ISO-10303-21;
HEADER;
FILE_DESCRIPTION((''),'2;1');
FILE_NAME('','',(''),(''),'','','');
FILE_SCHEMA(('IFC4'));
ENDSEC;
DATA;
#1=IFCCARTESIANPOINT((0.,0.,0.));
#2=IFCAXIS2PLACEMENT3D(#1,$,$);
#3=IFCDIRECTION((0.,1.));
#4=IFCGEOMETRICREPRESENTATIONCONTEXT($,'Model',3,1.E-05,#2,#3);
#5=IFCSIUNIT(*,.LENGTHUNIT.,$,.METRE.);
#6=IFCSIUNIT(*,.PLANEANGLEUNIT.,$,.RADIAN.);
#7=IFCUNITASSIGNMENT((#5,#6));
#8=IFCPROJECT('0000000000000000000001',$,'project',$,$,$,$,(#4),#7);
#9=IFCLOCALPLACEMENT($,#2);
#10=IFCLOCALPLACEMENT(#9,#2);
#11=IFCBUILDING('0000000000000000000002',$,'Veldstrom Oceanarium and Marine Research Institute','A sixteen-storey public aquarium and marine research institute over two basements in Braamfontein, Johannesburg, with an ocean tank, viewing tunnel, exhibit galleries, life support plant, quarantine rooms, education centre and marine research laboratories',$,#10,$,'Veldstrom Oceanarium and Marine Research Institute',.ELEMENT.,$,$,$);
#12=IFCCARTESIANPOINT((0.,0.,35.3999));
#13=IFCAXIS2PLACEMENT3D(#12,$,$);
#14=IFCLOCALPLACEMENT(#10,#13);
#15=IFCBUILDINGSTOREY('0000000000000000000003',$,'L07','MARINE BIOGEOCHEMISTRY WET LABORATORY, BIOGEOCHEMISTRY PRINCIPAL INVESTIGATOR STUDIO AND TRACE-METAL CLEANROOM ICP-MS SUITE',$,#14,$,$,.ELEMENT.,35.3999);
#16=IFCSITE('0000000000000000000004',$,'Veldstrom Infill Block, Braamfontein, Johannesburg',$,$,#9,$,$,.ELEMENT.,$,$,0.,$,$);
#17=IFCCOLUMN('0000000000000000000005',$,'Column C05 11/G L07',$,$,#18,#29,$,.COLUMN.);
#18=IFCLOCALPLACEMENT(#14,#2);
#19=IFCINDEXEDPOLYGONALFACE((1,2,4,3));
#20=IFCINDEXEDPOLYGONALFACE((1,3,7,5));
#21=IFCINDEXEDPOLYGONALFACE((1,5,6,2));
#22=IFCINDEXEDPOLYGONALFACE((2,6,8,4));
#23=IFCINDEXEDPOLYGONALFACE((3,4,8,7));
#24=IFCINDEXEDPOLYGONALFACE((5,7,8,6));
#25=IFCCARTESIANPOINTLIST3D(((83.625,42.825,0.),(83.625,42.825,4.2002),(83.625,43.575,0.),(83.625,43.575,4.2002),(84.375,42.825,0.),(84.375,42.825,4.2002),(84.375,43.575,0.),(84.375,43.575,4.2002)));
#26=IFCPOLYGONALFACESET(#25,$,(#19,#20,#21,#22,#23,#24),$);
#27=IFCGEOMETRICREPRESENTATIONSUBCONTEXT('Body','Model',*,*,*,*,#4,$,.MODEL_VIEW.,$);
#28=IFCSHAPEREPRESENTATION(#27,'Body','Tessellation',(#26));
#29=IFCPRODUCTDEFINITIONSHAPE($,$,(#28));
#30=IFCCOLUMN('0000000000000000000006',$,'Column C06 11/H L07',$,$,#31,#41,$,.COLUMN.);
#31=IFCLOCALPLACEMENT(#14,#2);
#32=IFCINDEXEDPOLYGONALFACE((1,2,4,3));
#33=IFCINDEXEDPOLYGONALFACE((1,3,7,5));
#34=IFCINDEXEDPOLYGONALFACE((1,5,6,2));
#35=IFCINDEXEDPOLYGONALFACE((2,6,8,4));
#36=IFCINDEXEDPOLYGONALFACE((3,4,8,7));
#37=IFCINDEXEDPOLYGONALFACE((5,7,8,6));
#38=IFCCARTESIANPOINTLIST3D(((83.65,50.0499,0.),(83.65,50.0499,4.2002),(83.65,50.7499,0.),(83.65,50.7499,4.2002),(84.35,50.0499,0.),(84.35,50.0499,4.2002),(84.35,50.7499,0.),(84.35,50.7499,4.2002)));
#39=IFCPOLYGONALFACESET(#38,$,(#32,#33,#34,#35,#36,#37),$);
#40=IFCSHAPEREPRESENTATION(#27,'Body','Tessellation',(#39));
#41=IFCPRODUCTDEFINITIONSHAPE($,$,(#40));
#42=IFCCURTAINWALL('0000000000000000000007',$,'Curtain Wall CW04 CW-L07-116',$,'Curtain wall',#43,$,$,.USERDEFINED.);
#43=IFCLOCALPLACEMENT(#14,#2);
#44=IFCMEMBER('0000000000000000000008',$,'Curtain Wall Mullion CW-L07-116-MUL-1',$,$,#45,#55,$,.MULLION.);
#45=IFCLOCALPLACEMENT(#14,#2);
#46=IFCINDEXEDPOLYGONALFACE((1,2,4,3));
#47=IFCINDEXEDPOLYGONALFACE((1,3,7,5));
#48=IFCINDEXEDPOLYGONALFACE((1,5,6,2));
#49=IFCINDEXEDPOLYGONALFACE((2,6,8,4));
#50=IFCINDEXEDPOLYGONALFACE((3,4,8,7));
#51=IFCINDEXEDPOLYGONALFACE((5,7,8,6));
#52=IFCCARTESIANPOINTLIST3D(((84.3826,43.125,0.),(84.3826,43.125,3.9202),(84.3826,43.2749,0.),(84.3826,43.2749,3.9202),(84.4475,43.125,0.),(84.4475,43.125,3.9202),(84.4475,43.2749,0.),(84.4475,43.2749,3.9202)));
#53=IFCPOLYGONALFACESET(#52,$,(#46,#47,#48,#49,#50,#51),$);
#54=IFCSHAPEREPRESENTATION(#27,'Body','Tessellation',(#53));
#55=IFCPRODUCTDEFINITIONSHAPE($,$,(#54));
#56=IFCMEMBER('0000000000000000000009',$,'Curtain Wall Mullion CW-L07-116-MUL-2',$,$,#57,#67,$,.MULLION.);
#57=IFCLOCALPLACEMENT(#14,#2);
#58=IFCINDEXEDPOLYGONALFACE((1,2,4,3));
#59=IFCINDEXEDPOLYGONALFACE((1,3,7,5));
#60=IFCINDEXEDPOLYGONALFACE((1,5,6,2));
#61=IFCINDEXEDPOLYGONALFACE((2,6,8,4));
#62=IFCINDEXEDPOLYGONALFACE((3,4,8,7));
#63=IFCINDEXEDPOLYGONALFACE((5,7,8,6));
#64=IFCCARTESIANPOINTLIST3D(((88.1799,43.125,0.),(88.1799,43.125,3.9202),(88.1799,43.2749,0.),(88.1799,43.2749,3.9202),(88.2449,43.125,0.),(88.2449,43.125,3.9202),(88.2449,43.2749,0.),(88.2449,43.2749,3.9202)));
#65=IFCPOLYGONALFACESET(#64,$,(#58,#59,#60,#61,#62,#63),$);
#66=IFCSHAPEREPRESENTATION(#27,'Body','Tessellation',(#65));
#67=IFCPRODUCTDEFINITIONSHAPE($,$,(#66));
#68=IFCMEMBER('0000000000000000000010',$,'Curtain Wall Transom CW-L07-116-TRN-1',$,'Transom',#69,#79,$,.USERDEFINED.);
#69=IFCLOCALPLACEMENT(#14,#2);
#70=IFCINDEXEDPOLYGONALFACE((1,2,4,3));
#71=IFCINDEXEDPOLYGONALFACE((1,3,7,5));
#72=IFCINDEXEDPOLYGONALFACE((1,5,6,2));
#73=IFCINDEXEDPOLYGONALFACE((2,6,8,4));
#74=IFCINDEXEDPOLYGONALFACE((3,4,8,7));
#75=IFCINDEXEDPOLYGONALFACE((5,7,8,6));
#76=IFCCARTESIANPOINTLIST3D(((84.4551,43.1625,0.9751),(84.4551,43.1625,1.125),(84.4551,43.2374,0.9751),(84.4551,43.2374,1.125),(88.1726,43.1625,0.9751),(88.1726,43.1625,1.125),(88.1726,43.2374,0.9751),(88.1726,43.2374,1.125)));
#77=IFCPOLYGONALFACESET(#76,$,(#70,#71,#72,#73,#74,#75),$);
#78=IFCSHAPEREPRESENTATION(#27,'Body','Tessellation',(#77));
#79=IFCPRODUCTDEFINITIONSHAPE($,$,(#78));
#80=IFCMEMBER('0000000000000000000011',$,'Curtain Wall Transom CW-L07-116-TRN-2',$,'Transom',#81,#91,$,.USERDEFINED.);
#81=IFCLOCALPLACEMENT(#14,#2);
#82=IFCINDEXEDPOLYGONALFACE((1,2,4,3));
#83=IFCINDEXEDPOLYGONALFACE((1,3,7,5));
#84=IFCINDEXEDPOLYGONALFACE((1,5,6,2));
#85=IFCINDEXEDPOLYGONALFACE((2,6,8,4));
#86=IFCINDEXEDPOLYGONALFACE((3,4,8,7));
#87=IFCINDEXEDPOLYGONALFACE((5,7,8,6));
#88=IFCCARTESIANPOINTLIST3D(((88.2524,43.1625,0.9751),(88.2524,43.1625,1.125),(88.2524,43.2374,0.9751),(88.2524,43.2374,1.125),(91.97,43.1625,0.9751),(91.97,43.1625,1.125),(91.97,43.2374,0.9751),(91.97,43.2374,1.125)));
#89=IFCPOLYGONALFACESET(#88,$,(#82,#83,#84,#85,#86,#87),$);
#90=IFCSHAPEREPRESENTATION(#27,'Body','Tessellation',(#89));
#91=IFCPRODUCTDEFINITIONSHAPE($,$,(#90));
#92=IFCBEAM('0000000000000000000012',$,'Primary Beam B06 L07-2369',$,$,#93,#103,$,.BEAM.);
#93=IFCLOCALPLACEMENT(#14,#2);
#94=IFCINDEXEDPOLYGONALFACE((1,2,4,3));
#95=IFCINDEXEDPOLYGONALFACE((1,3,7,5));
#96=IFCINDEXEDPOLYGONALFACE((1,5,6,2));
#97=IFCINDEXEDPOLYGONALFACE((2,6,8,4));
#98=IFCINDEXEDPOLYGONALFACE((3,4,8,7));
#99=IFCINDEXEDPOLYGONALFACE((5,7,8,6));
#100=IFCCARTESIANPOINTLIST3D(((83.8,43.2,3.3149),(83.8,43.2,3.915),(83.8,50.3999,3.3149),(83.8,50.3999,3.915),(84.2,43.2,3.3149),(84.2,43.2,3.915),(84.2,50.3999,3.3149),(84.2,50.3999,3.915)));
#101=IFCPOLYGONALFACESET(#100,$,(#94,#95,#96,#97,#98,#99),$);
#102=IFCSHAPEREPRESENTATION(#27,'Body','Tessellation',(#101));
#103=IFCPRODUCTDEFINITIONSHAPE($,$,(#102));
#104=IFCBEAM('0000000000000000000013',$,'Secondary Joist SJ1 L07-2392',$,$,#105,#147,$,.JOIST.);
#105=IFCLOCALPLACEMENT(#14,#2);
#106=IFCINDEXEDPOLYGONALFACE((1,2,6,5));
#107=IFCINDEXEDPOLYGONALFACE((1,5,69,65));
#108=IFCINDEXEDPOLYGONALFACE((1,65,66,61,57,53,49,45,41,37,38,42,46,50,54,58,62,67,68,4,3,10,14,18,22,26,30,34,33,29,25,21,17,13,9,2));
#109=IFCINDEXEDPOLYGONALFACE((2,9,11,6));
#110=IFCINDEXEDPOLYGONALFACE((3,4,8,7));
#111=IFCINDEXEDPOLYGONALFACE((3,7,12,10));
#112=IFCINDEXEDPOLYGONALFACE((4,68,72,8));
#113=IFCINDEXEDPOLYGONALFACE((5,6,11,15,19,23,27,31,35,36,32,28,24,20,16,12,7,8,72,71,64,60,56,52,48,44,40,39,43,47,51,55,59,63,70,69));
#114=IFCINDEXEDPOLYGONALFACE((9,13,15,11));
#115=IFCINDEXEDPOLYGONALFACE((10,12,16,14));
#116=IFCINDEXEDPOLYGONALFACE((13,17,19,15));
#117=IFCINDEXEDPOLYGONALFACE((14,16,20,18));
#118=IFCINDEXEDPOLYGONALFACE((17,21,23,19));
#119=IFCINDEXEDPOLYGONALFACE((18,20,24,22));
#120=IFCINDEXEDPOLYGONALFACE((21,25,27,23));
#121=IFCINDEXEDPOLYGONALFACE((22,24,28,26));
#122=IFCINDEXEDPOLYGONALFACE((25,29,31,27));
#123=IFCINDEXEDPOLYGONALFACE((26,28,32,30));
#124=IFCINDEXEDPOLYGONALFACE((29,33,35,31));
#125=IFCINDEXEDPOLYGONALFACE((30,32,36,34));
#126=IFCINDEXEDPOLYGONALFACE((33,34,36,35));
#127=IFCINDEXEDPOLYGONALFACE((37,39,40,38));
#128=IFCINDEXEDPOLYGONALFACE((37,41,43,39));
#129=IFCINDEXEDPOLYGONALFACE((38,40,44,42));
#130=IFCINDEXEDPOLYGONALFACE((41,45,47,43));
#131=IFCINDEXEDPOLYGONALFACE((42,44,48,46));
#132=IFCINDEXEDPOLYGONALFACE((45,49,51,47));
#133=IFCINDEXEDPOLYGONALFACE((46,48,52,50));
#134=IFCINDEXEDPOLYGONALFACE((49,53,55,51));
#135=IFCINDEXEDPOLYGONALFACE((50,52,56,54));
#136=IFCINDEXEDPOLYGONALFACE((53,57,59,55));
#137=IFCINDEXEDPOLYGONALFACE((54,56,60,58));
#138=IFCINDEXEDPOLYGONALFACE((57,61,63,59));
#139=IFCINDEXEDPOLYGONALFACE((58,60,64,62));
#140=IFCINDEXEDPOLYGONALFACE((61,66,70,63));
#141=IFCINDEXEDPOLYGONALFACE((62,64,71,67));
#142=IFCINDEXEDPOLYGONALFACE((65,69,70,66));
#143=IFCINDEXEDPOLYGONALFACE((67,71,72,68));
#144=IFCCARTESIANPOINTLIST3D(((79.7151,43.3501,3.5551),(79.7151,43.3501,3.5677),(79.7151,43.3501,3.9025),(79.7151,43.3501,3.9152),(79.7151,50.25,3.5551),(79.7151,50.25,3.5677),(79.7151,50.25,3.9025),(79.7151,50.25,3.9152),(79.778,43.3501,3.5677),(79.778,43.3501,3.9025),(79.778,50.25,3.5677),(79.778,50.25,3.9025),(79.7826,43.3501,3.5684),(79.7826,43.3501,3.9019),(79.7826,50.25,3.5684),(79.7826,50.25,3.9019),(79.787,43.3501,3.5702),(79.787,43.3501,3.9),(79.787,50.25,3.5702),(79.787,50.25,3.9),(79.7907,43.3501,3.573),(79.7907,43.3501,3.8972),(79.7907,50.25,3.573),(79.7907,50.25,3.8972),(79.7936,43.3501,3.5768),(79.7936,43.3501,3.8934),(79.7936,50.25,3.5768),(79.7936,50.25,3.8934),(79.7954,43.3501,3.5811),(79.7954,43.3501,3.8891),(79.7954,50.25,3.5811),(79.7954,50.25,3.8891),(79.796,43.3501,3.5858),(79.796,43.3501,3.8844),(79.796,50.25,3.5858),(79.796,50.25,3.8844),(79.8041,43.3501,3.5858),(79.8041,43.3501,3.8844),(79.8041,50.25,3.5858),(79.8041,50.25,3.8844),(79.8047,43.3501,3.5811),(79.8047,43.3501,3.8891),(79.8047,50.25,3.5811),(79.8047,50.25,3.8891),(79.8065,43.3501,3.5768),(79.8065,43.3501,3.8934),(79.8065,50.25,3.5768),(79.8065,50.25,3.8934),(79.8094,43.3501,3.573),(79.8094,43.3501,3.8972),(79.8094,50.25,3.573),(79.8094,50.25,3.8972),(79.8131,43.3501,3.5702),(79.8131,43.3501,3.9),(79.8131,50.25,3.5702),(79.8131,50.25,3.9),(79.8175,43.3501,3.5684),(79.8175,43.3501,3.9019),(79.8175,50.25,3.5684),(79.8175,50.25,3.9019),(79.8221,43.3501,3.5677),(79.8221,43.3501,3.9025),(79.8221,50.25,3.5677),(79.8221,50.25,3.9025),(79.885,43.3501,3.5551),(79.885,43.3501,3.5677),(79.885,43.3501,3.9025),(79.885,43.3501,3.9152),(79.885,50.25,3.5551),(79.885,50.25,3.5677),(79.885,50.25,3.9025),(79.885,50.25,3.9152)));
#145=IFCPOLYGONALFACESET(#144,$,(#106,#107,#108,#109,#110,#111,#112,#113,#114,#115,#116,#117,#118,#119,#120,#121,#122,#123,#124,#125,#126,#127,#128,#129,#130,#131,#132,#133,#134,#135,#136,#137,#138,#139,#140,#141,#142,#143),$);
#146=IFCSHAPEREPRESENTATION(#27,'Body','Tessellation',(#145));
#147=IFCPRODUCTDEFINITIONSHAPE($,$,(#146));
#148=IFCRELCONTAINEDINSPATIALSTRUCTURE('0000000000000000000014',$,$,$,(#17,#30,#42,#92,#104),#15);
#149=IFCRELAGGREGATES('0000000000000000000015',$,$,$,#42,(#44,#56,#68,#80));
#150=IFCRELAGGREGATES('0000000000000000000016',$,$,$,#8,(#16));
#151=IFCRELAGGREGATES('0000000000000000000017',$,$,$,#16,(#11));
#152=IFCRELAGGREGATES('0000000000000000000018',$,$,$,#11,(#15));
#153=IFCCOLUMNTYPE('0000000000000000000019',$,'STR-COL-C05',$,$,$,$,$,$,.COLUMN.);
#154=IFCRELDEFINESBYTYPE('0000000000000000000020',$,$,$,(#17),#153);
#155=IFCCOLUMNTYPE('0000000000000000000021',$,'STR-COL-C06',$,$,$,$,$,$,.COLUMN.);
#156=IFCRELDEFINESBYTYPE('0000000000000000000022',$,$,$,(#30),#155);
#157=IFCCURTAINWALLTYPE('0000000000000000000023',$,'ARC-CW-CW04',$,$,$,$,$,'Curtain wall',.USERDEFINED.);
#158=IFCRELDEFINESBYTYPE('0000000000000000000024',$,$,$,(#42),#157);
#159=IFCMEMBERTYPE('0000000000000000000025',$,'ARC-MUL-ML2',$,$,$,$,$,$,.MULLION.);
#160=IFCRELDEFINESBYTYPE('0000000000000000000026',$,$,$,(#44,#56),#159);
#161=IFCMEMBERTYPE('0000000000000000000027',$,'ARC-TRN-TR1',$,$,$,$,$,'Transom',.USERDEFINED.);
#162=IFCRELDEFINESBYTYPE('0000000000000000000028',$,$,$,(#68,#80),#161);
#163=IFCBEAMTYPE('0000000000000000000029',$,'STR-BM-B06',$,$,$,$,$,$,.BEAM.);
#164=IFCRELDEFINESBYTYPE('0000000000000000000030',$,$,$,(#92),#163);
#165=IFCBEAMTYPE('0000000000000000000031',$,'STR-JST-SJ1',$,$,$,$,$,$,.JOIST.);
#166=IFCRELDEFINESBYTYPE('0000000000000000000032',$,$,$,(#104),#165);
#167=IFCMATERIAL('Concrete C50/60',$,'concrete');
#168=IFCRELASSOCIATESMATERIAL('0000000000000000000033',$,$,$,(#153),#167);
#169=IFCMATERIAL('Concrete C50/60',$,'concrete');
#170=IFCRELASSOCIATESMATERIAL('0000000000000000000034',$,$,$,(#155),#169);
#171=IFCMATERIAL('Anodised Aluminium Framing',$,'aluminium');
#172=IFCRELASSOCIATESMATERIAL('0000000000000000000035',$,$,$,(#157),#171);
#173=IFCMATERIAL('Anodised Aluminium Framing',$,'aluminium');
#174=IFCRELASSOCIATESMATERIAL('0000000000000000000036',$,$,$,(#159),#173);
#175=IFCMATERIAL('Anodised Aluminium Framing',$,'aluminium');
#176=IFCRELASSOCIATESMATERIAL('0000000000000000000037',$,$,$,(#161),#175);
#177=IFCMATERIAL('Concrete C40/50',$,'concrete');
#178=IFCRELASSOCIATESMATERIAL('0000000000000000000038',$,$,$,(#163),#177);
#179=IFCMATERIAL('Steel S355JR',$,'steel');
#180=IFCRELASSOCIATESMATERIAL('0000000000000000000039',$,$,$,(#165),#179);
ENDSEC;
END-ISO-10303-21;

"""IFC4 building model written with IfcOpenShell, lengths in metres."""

from ifc_helpers import new_model, si_unit, direction, frame, origin, origin_2d, place, context, subcontext, project, spatial, rectangle, i_section, extrude, material, material_profile, profile_set, type_object, element, aggregate, save


model = new_model("IFC4")

# Units and contexts
model_context = context("Model", 3, precision=1e-05, world=origin(), true_north=direction((0.0, 1.0)))
body_context = subcontext(model_context, "Body", "Model", "MODEL_VIEW")
ifc_project = project(units=[si_unit("LENGTHUNIT", "METRE"), si_unit("PLANEANGLEUNIT", "RADIAN")], contexts=[model_context])

# Site, building, storey
site_placement = place(None, origin())
site = spatial("IfcSite", under=ifc_project, at=site_placement, Name="Veldstrom Infill Block, Braamfontein, Johannesburg", CompositionType="ELEMENT", RefElevation=0.0)
building_placement = place(site_placement, origin())
building = spatial("IfcBuilding", under=site, at=building_placement, Name="Veldstrom Oceanarium and Marine Research Institute", Description="A sixteen-storey public aquarium and marine research institute over two basements in Braamfontein, Johannesburg, with an ocean tank, viewing tunnel, exhibit galleries, life support plant, quarantine rooms, education centre and marine research laboratories", LongName="Veldstrom Oceanarium and Marine Research Institute", CompositionType="ELEMENT")
storey_placement = place(building_placement, frame((0.0, 0.0, 35.3999)))
storey = spatial("IfcBuildingStorey", under=building, at=storey_placement, Name="L07", Description="MARINE BIOGEOCHEMISTRY WET LABORATORY, BIOGEOCHEMISTRY PRINCIPAL INVESTIGATOR STUDIO AND TRACE-METAL CLEANROOM ICP-MS SUITE", CompositionType="ELEMENT", Elevation=35.3999)

# Columns
ifc_material_1 = material(Name="Concrete C50/60", Category="concrete")
ifc_material_profile_1 = material_profile(ifc_material_1, rectangle(XDim=0.75, YDim=0.75, at=origin_2d()), Name="RC-COL-750x750")
ifc_profile_set_1 = profile_set([ifc_material_profile_1], Name="Concrete C50/60")
column_type_1 = type_object("IfcColumnType", Name="STR-COL-C05", PredefinedType="COLUMN", material=ifc_profile_set_1)
column_1_placement = place(storey_placement, frame((84.0, 43.2, 0.0), z_axis=(0.0, 0.0, 1.0), x_axis=(1.0, 0.0, 0.0)))
element("IfcColumn", 1, at=column_1_placement, inside=storey, type_object=column_type_1, Name="Column C05 11/G L07", PredefinedType="COLUMN", context=body_context, shape_type="SweptSolid", body=[
    extrude(rectangle(XDim=0.75, YDim=0.75, at=origin_2d()), origin(), (0.0, 0.0, 1.0), 4.2002),
])
ifc_material_2 = material(Name="Concrete C50/60", Category="concrete")
ifc_material_profile_2 = material_profile(ifc_material_2, rectangle(XDim=0.7, YDim=0.7, at=origin_2d()), Name="RC-COL-700x700")
ifc_profile_set_2 = profile_set([ifc_material_profile_2], Name="Concrete C50/60")
column_type_2 = type_object("IfcColumnType", Name="STR-COL-C06", PredefinedType="COLUMN", material=ifc_profile_set_2)
column_2_placement = place(storey_placement, frame((84.0, 50.3999, 0.0), z_axis=(0.0, 0.0, 1.0), x_axis=(1.0, 0.0, 0.0)))
element("IfcColumn", 2, at=column_2_placement, inside=storey, type_object=column_type_2, Name="Column C06 11/H L07", PredefinedType="COLUMN", context=body_context, shape_type="SweptSolid", body=[
    extrude(rectangle(XDim=0.7, YDim=0.7, at=origin_2d()), origin(), (0.0, 0.0, 1.0), 4.2002),
])

# Curtain wall, members
ifc_material_3 = material(Name="Anodised Aluminium Framing", Category="aluminium")
curtain_wall_type = type_object("IfcCurtainWallType", Name="ARC-CW-CW04", ElementType="Curtain wall", PredefinedType="USERDEFINED", material=ifc_material_3)
curtain_wall_placement = place(storey_placement, origin())
curtain_wall = element("IfcCurtainWall", 3, at=curtain_wall_placement, inside=storey, type_object=curtain_wall_type, Name="Curtain Wall CW04 CW-L07-116", ObjectType="Curtain wall", PredefinedType="USERDEFINED")
ifc_material_4 = material(Name="Anodised Aluminium Framing", Category="aluminium")
ifc_material_profile_3 = material_profile(ifc_material_4, rectangle(XDim=0.0649, YDim=0.1499, at=origin_2d()), Name="ALU-MUL-65x150")
ifc_profile_set_3 = profile_set([ifc_material_profile_3], Name="Anodised Aluminium Framing")
member_type_1 = type_object("IfcMemberType", Name="ARC-MUL-ML2", PredefinedType="MULLION", material=ifc_profile_set_3)
member_1_placement = place(storey_placement, frame((84.415, 43.2, 0.0), z_axis=(0.0, 0.0, 1.0), x_axis=(1.0, 0.0, 0.0)))
member_1 = element("IfcMember", 4, at=member_1_placement, type_object=member_type_1, Name="Curtain Wall Mullion CW-L07-116-MUL-1", PredefinedType="MULLION", context=body_context, shape_type="SweptSolid", body=[
    extrude(rectangle(XDim=0.0649, YDim=0.1499, at=origin_2d()), origin(), (0.0, 0.0, 1.0), 3.9202),
])
member_2_placement = place(storey_placement, frame((88.2124, 43.2, 0.0), z_axis=(0.0, 0.0, 1.0), x_axis=(1.0, 0.0, 0.0)))
member_2 = element("IfcMember", 5, at=member_2_placement, type_object=member_type_1, Name="Curtain Wall Mullion CW-L07-116-MUL-2", PredefinedType="MULLION", context=body_context, shape_type="SweptSolid", body=[
    extrude(rectangle(XDim=0.0649, YDim=0.1499, at=origin_2d()), origin(), (0.0, 0.0, 1.0), 3.9202),
])
ifc_material_5 = material(Name="Anodised Aluminium Framing", Category="aluminium")
ifc_material_profile_4 = material_profile(ifc_material_5, rectangle(XDim=0.075, YDim=0.1499, at=origin_2d()), Name="ALU-TRN-75x150")
ifc_profile_set_4 = profile_set([ifc_material_profile_4], Name="Anodised Aluminium Framing")
member_type_2 = type_object("IfcMemberType", Name="ARC-TRN-TR1", ElementType="Transom", PredefinedType="USERDEFINED", material=ifc_profile_set_4)
member_3_placement = place(storey_placement, frame((84.4551, 43.2, 1.05), z_axis=(1.0, 0.0, 0.0), x_axis=(0.0, 1.0, 0.0)))
member_3 = element("IfcMember", 6, at=member_3_placement, type_object=member_type_2, Name="Curtain Wall Transom CW-L07-116-TRN-1", ObjectType="Transom", PredefinedType="USERDEFINED", context=body_context, shape_type="SweptSolid", body=[
    extrude(rectangle(XDim=0.075, YDim=0.1499, at=origin_2d()), origin(), (0.0, 0.0, 1.0), 3.7175),
])
member_4_placement = place(storey_placement, frame((88.2524, 43.2, 1.05), z_axis=(1.0, 0.0, 0.0), x_axis=(0.0, 1.0, 0.0)))
member_4 = element("IfcMember", 7, at=member_4_placement, type_object=member_type_2, Name="Curtain Wall Transom CW-L07-116-TRN-2", ObjectType="Transom", PredefinedType="USERDEFINED", context=body_context, shape_type="SweptSolid", body=[
    extrude(rectangle(XDim=0.075, YDim=0.1499, at=origin_2d()), origin(), (0.0, 0.0, 1.0), 3.7175),
])

# Beams
ifc_material_6 = material(Name="Concrete C40/50", Category="concrete")
ifc_material_profile_5 = material_profile(ifc_material_6, rectangle(XDim=0.3999, YDim=0.6001, at=origin_2d()), Name="RC-BM-400x600")
ifc_profile_set_5 = profile_set([ifc_material_profile_5], Name="Concrete C40/50")
beam_type_1 = type_object("IfcBeamType", Name="STR-BM-B06", PredefinedType="BEAM", material=ifc_profile_set_5)
beam_1_placement = place(storey_placement, frame((84.0, 43.2, 3.615), z_axis=(0.0, 1.0, 0.0), x_axis=(-1.0, 0.0, 0.0)))
element("IfcBeam", 8, at=beam_1_placement, inside=storey, type_object=beam_type_1, Name="Primary Beam B06 L07-2369", PredefinedType="BEAM", context=body_context, shape_type="SweptSolid", body=[
    extrude(rectangle(XDim=0.3999, YDim=0.6001, at=origin_2d()), origin(), (0.0, 0.0, 1.0), 7.2),
])
ifc_material_7 = material(Name="Steel S355JR", Category="steel")
ifc_material_profile_6 = material_profile(ifc_material_7, i_section(OverallWidth=0.1699, OverallDepth=0.3601, WebThickness=0.0081, FlangeThickness=0.0127, FilletRadius=0.0181, at=origin_2d()), Name="IPE 360")
ifc_profile_set_6 = profile_set([ifc_material_profile_6], Name="Steel S355JR")
beam_type_2 = type_object("IfcBeamType", Name="STR-JST-SJ1", PredefinedType="JOIST", material=ifc_profile_set_6)
beam_2_placement = place(storey_placement, frame((79.8, 43.3501, 3.7351), z_axis=(0.0, 1.0, 0.0), x_axis=(-1.0, 0.0, 0.0)))
element("IfcBeam", 9, at=beam_2_placement, inside=storey, type_object=beam_type_2, Name="Secondary Joist SJ1 L07-2392", PredefinedType="JOIST", context=body_context, shape_type="SweptSolid", body=[
    extrude(i_section(OverallWidth=0.1699, OverallDepth=0.3601, WebThickness=0.0081, FlangeThickness=0.0127, FilletRadius=0.0181, at=origin_2d()), origin(), (0.0, 0.0, 1.0), 6.8999),
])

aggregate(curtain_wall, [member_1, member_2, member_3, member_4])

save(model, "model.ifc")
